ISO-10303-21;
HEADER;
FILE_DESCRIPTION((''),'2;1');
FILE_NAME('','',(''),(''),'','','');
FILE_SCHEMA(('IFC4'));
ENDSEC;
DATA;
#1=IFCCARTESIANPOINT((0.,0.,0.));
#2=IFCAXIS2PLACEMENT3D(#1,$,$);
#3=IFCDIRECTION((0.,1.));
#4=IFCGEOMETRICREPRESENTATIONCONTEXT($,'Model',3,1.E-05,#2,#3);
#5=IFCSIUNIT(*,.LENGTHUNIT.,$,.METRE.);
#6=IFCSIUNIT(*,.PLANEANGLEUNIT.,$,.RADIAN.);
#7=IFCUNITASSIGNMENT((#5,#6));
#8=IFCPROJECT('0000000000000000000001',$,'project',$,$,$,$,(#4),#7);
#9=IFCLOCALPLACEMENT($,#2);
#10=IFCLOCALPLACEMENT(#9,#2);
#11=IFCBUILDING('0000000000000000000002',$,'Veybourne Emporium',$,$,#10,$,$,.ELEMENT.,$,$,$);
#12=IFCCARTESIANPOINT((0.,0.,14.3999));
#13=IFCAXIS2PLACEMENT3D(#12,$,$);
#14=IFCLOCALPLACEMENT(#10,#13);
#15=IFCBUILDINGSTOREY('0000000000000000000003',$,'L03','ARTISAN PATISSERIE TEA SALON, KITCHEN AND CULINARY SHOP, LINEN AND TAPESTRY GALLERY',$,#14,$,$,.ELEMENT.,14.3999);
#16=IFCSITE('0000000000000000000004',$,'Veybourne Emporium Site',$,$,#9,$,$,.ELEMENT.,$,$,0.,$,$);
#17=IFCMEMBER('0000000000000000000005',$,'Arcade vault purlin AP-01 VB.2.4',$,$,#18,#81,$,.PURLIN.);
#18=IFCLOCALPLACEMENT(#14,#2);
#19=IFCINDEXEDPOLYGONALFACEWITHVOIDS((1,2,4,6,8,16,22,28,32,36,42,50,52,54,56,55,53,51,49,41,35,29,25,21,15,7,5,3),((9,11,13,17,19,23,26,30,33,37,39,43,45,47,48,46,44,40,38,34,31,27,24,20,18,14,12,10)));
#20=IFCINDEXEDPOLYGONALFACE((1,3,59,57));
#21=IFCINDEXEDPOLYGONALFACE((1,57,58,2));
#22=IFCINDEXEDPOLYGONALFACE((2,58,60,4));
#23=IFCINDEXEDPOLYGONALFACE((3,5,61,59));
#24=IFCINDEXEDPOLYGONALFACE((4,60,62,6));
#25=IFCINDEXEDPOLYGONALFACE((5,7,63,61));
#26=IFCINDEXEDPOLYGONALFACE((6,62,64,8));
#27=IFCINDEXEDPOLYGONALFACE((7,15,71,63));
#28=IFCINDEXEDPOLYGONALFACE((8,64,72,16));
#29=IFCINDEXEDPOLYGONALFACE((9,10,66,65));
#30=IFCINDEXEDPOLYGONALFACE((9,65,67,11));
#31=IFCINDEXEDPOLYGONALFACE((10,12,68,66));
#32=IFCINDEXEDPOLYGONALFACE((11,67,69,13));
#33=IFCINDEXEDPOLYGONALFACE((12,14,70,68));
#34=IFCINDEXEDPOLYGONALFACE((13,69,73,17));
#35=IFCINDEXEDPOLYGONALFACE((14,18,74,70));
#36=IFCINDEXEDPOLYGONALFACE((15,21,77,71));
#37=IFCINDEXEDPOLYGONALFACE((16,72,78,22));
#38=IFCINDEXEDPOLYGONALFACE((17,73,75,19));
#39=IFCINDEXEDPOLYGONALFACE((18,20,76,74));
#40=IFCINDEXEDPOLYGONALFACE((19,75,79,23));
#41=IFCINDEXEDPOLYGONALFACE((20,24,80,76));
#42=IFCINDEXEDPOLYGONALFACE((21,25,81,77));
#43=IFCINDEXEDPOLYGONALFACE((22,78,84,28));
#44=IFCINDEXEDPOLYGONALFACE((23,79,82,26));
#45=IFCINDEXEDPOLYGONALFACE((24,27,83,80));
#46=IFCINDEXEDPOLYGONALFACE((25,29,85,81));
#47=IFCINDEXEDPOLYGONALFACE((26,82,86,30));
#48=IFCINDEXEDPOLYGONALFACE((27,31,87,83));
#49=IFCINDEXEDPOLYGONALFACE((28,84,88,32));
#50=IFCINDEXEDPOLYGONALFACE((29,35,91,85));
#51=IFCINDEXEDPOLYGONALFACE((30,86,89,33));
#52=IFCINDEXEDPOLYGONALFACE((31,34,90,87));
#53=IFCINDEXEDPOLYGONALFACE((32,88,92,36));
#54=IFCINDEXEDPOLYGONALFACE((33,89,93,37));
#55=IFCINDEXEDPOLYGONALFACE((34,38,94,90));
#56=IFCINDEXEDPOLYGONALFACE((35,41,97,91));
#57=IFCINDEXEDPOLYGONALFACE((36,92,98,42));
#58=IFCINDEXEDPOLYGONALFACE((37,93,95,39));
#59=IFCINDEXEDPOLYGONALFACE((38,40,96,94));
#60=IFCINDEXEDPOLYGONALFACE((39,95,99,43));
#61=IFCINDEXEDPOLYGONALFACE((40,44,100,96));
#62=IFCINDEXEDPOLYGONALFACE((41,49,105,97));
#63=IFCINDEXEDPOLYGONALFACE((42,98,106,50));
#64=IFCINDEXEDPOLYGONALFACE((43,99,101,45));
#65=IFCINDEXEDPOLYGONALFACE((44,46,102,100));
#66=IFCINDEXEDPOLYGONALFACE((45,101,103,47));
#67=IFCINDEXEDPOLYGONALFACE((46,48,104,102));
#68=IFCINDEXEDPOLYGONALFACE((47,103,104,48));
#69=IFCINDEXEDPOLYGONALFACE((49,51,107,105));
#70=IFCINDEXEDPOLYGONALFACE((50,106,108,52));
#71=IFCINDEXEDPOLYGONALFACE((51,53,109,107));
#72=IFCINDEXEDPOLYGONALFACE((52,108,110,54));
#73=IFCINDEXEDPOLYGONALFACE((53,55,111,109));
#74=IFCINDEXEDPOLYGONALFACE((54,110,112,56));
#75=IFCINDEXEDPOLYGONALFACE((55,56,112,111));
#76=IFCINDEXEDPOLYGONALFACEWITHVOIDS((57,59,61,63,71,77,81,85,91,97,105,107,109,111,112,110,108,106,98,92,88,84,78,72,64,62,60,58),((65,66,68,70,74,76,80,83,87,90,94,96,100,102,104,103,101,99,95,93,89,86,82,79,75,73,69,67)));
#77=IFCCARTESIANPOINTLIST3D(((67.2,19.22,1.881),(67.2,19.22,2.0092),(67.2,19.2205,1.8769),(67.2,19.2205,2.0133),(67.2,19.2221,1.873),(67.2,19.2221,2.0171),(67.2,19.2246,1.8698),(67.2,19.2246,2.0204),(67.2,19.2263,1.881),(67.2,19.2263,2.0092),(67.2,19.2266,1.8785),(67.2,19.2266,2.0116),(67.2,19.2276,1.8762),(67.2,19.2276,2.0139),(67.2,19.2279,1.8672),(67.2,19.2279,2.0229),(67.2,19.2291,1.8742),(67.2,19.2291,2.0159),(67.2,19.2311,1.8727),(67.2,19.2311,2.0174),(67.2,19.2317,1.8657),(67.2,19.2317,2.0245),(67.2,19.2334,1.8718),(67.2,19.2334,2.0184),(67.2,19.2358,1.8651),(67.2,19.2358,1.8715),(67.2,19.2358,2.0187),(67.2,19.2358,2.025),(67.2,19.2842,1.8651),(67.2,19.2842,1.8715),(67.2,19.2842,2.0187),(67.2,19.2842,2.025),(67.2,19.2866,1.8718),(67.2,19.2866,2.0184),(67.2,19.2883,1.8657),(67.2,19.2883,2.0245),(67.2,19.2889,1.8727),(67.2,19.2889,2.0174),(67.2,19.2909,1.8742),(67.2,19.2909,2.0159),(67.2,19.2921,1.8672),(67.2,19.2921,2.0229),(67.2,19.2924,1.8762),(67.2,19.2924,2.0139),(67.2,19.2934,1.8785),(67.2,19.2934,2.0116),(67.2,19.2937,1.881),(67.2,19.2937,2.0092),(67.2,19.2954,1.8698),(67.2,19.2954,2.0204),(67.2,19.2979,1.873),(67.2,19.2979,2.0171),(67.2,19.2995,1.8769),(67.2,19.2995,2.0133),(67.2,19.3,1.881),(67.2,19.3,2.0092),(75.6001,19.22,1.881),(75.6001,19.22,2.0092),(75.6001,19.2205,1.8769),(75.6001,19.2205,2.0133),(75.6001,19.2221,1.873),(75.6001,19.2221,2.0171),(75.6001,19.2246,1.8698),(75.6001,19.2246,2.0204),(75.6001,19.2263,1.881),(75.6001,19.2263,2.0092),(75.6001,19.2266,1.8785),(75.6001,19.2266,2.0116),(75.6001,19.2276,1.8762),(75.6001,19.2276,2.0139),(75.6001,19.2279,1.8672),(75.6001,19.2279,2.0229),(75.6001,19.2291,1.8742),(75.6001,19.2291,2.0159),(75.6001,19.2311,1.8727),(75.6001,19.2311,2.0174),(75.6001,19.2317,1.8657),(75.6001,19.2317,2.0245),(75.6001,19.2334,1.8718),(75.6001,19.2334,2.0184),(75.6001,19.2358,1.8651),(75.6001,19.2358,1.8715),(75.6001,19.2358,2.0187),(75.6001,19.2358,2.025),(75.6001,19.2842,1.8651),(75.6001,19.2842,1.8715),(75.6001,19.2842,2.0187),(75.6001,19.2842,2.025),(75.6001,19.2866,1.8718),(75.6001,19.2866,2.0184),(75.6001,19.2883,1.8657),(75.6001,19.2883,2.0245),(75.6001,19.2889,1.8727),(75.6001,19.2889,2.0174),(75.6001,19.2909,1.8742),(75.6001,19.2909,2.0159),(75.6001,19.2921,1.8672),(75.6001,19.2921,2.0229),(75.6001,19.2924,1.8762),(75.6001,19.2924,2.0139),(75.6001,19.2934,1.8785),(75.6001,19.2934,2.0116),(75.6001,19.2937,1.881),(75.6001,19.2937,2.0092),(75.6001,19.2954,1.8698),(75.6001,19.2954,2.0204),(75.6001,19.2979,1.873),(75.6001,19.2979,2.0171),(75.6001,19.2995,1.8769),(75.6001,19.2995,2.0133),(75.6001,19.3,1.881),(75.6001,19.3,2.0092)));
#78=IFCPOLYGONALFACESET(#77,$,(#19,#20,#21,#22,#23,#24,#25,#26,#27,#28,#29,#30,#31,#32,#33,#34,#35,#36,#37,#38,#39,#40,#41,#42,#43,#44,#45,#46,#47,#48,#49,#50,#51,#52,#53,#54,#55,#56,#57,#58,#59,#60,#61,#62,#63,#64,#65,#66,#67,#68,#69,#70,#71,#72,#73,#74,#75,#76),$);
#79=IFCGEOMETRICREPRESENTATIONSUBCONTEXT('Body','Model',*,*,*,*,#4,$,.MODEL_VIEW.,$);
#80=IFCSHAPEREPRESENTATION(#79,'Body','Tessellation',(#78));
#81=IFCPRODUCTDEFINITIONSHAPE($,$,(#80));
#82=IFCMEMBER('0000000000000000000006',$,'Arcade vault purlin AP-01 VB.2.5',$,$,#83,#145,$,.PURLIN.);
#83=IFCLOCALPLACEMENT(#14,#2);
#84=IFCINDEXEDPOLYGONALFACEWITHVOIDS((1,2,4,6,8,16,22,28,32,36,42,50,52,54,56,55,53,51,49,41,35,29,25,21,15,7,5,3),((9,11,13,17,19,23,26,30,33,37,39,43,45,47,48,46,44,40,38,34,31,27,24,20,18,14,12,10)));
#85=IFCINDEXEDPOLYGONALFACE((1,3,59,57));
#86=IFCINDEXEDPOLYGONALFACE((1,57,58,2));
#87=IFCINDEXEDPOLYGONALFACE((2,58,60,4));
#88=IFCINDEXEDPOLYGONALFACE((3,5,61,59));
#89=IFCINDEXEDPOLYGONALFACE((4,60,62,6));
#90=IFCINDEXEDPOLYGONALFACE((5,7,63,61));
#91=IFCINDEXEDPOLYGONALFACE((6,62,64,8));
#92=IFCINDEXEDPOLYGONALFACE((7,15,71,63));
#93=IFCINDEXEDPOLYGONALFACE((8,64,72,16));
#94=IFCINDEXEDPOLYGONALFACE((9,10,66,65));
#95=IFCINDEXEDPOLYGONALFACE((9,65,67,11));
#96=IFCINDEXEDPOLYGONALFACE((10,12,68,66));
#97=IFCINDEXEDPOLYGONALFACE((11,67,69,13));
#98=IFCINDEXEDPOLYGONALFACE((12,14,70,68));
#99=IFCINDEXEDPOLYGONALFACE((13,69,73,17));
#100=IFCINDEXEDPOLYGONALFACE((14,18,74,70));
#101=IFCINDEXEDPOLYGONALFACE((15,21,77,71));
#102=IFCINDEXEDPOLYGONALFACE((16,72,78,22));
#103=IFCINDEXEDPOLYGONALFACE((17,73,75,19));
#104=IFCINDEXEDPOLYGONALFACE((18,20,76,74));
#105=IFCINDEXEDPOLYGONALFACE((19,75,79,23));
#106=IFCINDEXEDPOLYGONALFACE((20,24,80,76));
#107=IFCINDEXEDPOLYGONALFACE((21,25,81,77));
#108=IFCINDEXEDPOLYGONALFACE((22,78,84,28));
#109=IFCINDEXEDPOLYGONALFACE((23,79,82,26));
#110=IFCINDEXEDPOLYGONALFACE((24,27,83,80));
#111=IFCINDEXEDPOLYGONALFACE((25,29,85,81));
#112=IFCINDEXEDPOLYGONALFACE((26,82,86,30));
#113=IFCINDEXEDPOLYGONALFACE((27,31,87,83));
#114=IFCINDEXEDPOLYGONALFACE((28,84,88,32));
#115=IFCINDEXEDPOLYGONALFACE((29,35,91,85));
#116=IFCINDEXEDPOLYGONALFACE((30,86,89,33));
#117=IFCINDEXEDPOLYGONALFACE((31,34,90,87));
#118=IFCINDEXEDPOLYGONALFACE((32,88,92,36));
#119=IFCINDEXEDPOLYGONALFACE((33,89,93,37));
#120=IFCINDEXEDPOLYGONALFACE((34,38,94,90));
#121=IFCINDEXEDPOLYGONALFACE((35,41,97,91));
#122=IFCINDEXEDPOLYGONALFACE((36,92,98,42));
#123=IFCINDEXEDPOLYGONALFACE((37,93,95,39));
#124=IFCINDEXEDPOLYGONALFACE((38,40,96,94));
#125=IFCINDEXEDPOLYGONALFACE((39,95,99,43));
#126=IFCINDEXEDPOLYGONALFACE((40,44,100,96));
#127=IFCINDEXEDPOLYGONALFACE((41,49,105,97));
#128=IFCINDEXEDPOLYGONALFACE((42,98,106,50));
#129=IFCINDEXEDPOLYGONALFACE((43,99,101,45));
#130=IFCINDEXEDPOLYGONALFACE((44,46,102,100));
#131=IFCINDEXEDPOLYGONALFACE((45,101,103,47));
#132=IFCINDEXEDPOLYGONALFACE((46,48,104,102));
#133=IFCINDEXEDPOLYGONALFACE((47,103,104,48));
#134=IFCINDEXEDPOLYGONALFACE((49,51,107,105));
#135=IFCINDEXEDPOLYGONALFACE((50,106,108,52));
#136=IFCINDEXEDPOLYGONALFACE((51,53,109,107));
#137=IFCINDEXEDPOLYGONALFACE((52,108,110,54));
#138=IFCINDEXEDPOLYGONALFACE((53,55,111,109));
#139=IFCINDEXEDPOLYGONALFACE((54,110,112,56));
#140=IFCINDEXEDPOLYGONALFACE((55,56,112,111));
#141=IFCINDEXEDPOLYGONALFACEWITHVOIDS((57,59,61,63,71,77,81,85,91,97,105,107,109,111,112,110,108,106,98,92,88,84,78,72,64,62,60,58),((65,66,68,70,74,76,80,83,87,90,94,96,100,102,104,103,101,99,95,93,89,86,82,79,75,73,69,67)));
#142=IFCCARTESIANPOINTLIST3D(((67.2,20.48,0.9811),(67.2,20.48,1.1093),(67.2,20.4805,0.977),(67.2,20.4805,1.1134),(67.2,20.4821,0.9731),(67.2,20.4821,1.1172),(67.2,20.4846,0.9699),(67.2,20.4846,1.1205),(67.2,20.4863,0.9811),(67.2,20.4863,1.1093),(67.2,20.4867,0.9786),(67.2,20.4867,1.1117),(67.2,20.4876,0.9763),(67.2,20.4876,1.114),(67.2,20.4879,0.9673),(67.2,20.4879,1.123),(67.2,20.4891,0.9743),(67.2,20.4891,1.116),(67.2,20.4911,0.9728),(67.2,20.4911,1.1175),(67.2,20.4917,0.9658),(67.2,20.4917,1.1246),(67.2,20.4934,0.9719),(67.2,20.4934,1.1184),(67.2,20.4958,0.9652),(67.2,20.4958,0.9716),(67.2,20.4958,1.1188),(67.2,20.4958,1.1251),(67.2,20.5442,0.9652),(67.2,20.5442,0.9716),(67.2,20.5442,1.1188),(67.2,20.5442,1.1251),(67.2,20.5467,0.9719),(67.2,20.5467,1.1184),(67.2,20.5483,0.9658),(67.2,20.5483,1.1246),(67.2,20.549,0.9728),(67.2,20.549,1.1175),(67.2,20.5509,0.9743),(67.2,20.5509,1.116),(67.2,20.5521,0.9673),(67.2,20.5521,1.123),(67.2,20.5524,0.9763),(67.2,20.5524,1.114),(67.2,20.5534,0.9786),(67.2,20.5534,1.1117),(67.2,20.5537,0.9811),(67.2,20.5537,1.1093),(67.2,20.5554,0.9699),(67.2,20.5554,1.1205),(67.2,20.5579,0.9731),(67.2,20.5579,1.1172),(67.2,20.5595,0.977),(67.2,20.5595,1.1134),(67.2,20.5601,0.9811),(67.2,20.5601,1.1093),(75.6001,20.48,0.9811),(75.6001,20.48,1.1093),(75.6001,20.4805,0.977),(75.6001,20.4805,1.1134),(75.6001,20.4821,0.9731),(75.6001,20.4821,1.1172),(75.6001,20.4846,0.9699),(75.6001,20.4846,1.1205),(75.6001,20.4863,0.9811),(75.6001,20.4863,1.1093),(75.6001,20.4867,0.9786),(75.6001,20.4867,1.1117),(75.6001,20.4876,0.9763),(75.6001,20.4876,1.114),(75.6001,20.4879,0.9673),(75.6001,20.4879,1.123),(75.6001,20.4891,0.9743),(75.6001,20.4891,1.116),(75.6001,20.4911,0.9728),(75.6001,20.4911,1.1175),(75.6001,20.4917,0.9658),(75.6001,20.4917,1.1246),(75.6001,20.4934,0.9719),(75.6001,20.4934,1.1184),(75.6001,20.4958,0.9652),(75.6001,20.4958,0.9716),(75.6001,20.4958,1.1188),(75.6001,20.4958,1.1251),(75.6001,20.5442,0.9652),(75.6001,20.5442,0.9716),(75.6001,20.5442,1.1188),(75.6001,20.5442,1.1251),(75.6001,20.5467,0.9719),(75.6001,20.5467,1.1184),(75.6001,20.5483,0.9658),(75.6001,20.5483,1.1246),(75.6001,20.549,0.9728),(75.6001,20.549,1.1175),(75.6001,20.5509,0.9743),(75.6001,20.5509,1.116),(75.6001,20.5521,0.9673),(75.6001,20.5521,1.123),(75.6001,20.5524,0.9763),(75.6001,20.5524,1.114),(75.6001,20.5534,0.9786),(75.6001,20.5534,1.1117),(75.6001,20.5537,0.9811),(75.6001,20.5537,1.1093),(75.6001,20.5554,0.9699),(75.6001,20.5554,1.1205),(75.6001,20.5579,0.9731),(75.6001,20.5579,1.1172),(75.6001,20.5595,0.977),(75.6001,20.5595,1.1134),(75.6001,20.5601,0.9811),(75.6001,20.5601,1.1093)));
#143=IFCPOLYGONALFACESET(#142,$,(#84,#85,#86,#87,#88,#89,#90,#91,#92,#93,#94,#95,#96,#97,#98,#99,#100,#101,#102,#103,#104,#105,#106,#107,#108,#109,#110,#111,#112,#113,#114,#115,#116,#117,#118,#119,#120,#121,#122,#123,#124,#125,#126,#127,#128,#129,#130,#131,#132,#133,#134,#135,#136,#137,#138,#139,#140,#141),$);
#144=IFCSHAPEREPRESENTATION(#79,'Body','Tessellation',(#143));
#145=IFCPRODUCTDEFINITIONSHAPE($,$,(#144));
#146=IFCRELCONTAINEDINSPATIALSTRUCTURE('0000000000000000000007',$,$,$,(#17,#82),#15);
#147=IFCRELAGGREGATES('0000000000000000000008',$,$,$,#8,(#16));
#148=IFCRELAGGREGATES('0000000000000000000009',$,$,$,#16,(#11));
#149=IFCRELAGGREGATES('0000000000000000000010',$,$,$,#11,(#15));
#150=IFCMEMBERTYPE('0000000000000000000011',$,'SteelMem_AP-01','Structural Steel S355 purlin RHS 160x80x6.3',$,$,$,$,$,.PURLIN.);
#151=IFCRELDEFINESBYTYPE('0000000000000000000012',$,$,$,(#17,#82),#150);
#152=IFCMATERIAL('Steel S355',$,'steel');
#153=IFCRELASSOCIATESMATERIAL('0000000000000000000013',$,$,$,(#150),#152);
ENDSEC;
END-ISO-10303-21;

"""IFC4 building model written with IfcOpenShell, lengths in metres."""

from ifc_helpers import new_model, si_unit, direction, frame, origin, origin_2d, place, context, subcontext, project, spatial, hollow_rectangle, extrude, material, material_profile, profile_set, type_object, element, save


model = new_model("IFC4")

# Units and contexts
model_context = context("Model", 3, precision=1e-05, world=origin(), true_north=direction((0.0, 1.0)))
body_context = subcontext(model_context, "Body", "Model", "MODEL_VIEW")
ifc_project = project(units=[si_unit("LENGTHUNIT", "METRE"), si_unit("PLANEANGLEUNIT", "RADIAN")], contexts=[model_context])

# Site, building, storey
site_placement = place(None, origin())
site = spatial("IfcSite", under=ifc_project, at=site_placement, Name="Veybourne Emporium Site", CompositionType="ELEMENT", RefElevation=0.0)
building_placement = place(site_placement, origin())
building = spatial("IfcBuilding", under=site, at=building_placement, Name="Veybourne Emporium", CompositionType="ELEMENT")
storey_placement = place(building_placement, frame((0.0, 0.0, 14.3999)))
storey = spatial("IfcBuildingStorey", under=building, at=storey_placement, Name="L03", Description="ARTISAN PATISSERIE TEA SALON, KITCHEN AND CULINARY SHOP, LINEN AND TAPESTRY GALLERY", CompositionType="ELEMENT", Elevation=14.3999)

# Shared definitions
ifc_material_1 = material(Name="Steel S355", Category="steel")

# Members
ifc_material_profile_1 = material_profile(ifc_material_1, hollow_rectangle(XDim=0.0801, YDim=0.1599, WallThickness=0.0063, InnerFilletRadius=0.0095, OuterFilletRadius=0.0159, at=origin_2d()), Name="RHS 160x80x6.3")
ifc_profile_set_1 = profile_set([ifc_material_profile_1], Name="Steel S355")
member_type = type_object("IfcMemberType", Name="SteelMem_AP-01", Description="Structural Steel S355 purlin RHS 160x80x6.3", PredefinedType="PURLIN", material=ifc_profile_set_1)
for number, where, z_axis, x_axis, name in (
    (1, (67.2, 19.26, 1.9451), (1.0, 0.0, 0.0), (0.0, 1.0, 0.0), "Arcade vault purlin AP-01 VB.2.4"),
    (2, (67.2, 20.52, 1.0452), (1.0, 0.0, 0.0), (0.0, 1.0, 0.0), "Arcade vault purlin AP-01 VB.2.5"),
):
    element("IfcMember", number, at=place(storey_placement, frame(where, z_axis=z_axis, x_axis=x_axis)), inside=storey, type_object=member_type, Name=name, PredefinedType="PURLIN", context=body_context, shape_type="SweptSolid", body=[
        extrude(hollow_rectangle(XDim=0.0801, YDim=0.1599, WallThickness=0.0063, InnerFilletRadius=0.0095, OuterFilletRadius=0.0159, at=origin_2d()), origin(), (0.0, 0.0, 1.0), 8.4001),
    ])

save(model, "model.ifc")
